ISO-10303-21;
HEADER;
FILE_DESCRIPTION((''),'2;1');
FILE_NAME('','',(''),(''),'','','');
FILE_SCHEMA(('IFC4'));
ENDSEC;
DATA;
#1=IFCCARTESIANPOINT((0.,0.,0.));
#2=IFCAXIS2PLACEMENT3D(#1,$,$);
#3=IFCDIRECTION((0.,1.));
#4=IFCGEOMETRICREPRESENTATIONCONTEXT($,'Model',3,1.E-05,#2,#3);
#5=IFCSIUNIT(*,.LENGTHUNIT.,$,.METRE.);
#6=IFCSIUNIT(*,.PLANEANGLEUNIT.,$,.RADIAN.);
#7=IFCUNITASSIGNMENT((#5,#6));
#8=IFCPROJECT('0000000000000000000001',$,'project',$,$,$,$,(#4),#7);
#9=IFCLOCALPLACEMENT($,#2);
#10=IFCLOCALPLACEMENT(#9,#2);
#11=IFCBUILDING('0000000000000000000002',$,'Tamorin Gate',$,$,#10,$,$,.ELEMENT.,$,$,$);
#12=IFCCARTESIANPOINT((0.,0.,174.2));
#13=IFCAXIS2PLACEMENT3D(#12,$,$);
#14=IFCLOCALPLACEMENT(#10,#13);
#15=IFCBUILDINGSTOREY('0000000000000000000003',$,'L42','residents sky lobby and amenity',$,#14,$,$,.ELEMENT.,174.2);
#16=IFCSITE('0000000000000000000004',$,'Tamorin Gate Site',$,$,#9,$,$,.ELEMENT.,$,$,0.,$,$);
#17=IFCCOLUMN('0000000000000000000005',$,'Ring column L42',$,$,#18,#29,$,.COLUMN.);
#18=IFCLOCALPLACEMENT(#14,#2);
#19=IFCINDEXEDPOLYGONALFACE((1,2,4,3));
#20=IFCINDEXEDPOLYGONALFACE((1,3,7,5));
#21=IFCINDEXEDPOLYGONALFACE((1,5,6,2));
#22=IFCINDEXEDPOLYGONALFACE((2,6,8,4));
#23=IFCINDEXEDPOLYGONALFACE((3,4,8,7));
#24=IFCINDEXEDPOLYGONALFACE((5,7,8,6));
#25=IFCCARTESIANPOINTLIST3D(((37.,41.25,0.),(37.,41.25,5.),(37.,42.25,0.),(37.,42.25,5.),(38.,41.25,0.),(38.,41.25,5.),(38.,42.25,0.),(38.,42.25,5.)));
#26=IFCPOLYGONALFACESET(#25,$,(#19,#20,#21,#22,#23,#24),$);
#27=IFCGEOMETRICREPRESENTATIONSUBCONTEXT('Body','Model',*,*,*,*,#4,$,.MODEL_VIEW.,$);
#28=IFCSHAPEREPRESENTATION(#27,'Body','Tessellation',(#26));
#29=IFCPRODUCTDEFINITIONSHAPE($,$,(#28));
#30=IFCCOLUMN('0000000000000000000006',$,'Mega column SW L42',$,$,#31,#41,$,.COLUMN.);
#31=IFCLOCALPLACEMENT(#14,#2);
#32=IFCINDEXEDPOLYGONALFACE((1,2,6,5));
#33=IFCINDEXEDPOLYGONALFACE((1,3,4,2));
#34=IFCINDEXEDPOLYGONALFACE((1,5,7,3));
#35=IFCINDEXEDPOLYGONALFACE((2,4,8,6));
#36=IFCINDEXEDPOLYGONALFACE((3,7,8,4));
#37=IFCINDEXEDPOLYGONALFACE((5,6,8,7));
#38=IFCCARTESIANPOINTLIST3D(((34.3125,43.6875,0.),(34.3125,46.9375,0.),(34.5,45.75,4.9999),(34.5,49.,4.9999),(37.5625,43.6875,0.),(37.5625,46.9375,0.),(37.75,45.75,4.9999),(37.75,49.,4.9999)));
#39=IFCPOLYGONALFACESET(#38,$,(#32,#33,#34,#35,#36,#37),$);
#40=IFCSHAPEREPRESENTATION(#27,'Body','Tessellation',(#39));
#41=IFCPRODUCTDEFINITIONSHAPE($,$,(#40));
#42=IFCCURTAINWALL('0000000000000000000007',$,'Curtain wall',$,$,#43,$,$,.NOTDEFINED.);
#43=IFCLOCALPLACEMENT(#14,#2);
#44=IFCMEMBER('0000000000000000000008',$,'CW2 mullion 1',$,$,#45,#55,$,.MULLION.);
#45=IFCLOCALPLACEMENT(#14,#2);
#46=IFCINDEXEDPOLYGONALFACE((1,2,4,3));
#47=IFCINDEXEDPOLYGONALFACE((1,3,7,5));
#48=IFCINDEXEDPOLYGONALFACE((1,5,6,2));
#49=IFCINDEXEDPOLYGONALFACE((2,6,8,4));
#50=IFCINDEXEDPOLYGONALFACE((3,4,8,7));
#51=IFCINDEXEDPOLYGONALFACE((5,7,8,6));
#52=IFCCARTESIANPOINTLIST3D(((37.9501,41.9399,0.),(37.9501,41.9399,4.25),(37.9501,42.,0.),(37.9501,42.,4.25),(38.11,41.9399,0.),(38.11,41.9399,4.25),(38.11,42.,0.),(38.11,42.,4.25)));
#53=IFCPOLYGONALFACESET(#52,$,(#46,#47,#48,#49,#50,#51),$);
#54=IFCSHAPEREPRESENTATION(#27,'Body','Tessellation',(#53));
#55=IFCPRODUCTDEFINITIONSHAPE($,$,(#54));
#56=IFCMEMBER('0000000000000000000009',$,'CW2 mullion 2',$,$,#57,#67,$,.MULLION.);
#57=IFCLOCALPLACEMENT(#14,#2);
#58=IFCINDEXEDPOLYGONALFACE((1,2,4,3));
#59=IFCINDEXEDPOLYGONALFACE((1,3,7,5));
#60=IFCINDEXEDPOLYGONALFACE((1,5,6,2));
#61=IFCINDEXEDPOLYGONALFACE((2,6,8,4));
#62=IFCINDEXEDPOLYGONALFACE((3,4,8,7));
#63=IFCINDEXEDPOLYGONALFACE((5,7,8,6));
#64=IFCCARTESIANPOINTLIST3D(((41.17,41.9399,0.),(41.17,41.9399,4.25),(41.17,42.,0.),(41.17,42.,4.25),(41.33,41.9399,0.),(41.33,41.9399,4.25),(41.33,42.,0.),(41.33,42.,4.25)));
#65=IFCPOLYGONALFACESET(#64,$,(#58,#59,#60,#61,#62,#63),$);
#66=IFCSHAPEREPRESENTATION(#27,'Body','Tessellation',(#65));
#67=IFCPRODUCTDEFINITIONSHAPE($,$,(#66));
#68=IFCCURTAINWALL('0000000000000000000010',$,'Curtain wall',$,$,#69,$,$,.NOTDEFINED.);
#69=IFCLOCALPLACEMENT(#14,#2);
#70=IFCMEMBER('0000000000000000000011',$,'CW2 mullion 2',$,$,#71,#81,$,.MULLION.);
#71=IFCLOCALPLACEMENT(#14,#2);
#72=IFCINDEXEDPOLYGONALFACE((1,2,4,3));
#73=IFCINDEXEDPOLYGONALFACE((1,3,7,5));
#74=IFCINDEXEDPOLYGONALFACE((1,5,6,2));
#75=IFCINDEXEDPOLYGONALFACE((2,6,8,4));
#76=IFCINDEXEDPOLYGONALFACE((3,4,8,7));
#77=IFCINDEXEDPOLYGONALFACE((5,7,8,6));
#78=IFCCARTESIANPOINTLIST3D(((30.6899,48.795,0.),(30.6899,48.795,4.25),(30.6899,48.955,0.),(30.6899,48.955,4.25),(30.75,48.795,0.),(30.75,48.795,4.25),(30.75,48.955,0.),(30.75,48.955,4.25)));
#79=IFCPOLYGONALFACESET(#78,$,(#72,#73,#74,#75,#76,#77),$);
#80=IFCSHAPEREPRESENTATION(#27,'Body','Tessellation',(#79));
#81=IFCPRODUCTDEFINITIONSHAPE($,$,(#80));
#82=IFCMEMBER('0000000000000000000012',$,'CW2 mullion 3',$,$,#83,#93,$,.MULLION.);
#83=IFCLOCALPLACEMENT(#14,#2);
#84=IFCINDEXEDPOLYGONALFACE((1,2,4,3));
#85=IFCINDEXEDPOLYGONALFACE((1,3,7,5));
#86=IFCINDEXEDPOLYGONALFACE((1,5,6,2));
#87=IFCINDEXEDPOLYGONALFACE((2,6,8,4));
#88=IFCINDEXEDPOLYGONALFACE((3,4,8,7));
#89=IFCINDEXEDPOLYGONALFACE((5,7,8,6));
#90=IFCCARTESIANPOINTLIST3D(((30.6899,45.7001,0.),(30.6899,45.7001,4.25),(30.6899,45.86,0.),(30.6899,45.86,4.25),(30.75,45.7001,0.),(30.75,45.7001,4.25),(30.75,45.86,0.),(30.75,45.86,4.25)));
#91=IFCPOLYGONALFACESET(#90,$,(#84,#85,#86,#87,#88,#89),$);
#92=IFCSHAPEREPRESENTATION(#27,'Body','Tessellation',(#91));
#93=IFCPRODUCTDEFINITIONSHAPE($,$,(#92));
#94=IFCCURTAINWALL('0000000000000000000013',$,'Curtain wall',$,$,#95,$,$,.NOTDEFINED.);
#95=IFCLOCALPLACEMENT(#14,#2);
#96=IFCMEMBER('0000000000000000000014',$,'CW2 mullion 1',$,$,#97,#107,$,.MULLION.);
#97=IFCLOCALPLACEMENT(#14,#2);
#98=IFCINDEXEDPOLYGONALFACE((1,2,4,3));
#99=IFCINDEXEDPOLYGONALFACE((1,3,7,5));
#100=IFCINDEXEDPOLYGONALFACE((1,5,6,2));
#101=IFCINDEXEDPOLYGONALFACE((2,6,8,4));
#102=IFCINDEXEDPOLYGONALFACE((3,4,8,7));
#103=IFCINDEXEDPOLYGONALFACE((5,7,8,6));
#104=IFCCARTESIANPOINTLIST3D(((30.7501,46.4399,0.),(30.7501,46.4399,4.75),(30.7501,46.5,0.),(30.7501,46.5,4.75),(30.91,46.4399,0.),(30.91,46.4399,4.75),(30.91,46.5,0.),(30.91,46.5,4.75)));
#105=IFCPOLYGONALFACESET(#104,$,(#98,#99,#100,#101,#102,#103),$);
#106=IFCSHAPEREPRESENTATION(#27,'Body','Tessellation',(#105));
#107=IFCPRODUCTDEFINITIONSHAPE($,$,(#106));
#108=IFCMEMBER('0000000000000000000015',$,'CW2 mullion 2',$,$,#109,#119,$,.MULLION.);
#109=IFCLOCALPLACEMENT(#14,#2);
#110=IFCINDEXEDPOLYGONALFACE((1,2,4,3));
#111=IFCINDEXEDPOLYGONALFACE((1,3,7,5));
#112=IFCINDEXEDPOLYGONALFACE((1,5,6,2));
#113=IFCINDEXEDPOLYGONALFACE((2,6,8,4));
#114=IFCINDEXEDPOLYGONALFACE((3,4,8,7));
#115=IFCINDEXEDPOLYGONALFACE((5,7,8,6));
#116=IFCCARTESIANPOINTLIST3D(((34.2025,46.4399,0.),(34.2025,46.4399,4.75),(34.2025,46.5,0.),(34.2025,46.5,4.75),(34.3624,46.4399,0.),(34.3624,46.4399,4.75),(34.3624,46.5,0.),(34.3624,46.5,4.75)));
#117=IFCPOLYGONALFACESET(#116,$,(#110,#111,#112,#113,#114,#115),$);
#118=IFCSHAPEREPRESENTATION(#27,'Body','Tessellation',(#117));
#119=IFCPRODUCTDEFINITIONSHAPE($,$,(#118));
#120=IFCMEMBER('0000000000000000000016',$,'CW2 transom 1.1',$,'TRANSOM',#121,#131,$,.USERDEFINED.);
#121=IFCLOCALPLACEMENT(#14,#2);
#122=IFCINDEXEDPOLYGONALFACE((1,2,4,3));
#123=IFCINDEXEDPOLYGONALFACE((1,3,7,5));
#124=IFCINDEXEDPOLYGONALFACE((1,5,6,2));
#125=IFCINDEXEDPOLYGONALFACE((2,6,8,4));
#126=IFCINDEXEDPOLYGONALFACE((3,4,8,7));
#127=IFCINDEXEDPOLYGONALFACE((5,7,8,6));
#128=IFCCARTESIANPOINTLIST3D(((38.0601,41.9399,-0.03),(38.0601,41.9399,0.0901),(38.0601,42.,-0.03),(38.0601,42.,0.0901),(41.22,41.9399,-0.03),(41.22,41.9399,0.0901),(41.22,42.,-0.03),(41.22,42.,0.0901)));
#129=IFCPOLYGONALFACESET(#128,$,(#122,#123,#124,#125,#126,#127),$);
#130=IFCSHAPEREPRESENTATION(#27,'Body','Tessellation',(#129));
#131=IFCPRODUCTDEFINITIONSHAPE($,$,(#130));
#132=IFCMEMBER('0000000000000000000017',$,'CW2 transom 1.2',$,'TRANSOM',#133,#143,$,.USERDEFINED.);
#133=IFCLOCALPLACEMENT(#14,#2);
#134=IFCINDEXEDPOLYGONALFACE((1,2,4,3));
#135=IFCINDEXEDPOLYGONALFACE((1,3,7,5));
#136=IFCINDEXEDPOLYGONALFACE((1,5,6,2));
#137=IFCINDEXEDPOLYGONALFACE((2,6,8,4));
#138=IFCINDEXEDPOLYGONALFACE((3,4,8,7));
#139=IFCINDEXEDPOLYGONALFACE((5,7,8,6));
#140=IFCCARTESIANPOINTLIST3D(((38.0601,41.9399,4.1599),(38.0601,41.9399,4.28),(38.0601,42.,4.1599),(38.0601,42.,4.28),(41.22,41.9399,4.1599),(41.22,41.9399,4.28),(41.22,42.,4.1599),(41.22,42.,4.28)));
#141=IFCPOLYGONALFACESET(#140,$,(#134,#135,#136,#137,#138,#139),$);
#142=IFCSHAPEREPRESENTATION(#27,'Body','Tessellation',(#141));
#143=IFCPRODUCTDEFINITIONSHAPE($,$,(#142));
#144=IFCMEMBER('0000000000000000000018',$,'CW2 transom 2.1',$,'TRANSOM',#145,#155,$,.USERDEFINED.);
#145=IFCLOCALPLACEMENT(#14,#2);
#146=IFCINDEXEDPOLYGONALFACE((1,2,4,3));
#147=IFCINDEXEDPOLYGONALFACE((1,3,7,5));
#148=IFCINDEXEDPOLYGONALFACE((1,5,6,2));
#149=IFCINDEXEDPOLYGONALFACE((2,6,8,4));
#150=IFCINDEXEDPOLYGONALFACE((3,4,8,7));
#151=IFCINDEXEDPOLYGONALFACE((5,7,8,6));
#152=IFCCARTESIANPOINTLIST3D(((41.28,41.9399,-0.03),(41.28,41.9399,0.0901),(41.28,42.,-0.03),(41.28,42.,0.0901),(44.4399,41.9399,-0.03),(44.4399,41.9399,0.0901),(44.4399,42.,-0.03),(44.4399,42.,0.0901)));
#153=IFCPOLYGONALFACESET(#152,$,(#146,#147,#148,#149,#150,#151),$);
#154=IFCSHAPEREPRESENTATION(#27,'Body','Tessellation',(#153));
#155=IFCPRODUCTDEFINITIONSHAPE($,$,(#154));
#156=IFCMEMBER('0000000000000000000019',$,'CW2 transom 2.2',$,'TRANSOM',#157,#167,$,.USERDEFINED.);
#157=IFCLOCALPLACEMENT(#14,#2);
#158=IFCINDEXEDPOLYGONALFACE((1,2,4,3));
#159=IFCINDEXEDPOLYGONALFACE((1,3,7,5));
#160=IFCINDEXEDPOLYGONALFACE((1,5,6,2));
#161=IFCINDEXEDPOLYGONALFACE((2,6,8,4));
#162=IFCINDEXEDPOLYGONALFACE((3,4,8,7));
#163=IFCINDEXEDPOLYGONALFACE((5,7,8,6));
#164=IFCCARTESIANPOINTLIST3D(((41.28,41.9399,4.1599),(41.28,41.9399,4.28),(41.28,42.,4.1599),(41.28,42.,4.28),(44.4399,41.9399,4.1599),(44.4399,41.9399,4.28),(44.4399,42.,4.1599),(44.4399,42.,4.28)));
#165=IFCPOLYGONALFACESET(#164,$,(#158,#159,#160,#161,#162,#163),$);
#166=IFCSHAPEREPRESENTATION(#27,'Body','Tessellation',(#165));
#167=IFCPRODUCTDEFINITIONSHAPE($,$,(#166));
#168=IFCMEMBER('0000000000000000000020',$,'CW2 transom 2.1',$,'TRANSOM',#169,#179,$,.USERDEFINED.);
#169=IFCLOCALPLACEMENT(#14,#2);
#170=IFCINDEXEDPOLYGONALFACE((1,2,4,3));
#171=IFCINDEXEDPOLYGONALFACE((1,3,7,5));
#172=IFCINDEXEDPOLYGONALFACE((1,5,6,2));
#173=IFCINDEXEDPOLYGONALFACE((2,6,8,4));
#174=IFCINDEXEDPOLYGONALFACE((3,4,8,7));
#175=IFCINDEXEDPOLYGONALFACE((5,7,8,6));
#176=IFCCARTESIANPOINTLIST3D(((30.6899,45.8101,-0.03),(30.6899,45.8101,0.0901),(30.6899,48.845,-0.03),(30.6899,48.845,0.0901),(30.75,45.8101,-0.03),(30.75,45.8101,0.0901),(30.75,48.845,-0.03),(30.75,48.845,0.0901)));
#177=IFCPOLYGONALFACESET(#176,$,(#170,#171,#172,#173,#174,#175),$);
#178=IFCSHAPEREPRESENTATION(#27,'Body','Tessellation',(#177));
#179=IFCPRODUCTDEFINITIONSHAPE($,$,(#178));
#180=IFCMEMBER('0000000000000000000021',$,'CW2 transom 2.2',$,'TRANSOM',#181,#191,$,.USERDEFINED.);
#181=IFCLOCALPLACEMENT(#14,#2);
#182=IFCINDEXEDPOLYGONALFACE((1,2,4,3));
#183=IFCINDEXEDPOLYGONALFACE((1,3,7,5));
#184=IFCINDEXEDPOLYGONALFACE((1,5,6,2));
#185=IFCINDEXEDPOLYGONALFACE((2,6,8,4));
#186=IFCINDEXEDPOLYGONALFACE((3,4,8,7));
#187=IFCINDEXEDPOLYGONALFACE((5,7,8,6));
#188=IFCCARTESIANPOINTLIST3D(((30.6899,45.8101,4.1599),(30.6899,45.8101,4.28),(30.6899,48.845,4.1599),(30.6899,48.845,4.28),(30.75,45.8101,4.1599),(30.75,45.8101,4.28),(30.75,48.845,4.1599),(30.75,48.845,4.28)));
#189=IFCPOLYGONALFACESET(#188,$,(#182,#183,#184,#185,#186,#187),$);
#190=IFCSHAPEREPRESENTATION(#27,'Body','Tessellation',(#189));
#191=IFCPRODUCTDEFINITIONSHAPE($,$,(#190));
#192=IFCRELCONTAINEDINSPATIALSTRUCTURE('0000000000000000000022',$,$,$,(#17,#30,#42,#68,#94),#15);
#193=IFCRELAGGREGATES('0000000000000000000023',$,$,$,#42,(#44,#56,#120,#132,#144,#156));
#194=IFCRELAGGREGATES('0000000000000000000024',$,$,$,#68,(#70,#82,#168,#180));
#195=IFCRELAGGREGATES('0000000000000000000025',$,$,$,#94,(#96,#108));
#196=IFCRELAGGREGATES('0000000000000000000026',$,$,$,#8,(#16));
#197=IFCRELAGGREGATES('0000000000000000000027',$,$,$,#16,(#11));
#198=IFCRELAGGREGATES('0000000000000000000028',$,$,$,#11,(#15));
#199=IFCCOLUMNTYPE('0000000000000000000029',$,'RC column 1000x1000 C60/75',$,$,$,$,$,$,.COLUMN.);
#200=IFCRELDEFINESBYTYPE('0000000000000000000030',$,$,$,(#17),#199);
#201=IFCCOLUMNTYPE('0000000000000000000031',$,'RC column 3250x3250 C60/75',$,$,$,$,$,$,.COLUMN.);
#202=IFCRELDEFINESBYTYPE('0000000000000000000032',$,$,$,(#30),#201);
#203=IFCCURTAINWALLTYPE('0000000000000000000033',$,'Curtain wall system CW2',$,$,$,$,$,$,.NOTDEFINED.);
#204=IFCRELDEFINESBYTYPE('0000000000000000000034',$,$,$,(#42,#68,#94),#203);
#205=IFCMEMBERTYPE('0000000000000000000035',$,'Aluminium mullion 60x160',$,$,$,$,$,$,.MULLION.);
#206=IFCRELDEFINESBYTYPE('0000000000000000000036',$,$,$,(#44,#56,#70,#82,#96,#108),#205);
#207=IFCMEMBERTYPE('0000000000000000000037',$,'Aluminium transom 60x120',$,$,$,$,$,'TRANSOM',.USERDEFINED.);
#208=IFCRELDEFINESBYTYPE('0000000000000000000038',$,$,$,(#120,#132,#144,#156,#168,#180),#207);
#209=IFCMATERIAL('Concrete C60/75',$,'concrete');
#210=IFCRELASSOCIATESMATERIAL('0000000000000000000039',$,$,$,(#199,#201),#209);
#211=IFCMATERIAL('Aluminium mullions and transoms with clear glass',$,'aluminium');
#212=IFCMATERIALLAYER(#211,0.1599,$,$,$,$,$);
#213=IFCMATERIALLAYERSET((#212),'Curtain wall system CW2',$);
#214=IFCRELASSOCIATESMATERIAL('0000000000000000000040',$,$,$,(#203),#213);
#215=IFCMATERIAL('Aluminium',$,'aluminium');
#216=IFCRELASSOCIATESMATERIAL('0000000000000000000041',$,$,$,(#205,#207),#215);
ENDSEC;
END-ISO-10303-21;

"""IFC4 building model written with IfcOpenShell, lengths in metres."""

from ifc_helpers import new_model, si_unit, direction, frame, origin, origin_2d, place, context, subcontext, project, spatial, rectangle, extrude, material, layer, layer_set, material_profile, profile_set, type_object, element, aggregate, save


model = new_model("IFC4")

# Units and contexts
model_context = context("Model", 3, precision=1e-05, world=origin(), true_north=direction((0.0, 1.0)))
body_context = subcontext(model_context, "Body", "Model", "MODEL_VIEW")
ifc_project = project(units=[si_unit("LENGTHUNIT", "METRE"), si_unit("PLANEANGLEUNIT", "RADIAN")], contexts=[model_context])

# Site, building, storey
site_placement = place(None, origin())
site = spatial("IfcSite", under=ifc_project, at=site_placement, Name="Tamorin Gate Site", CompositionType="ELEMENT", RefElevation=0.0)
building_placement = place(site_placement, origin())
building = spatial("IfcBuilding", under=site, at=building_placement, Name="Tamorin Gate", CompositionType="ELEMENT")
storey_placement = place(building_placement, frame((0.0, 0.0, 174.2)))
storey = spatial("IfcBuildingStorey", under=building, at=storey_placement, Name="L42", Description="residents sky lobby and amenity", CompositionType="ELEMENT", Elevation=174.2)

# Columns
ifc_material_1 = material(Name="Concrete C60/75", Category="concrete")
ifc_material_profile_1 = material_profile(ifc_material_1, rectangle(XDim=1.0, YDim=1.0, at=origin_2d()), Name="RC 1000x1000")
ifc_profile_set_1 = profile_set([ifc_material_profile_1], Name="Concrete C60/75")
column_type_1 = type_object("IfcColumnType", Name="RC column 1000x1000 C60/75", PredefinedType="COLUMN", material=ifc_profile_set_1)
column_1_placement = place(storey_placement, frame((37.5, 41.75, 0.0), z_axis=(0.0, 0.0, 1.0), x_axis=(1.0, 0.0, 0.0)))
element("IfcColumn", 1, at=column_1_placement, inside=storey, type_object=column_type_1, Name="Ring column L42", PredefinedType="COLUMN", context=body_context, shape_type="SweptSolid", body=[
    extrude(rectangle(XDim=1.0, YDim=1.0, at=origin_2d()), origin(), (0.0, 0.0, 1.0), 5.0),
])
ifc_material_profile_2 = material_profile(ifc_material_1, rectangle(XDim=3.25, YDim=3.25, at=origin_2d()), Name="RC 3250x3250")
ifc_profile_set_2 = profile_set([ifc_material_profile_2], Name="Concrete C60/75")
column_type_2 = type_object("IfcColumnType", Name="RC column 3250x3250 C60/75", PredefinedType="COLUMN", material=ifc_profile_set_2)
column_2_placement = place(storey_placement, frame((35.9375, 45.3125, 0.0), z_axis=(0.0, 0.0, 1.0), x_axis=(1.0, 0.0, 0.0)))
element("IfcColumn", 2, at=column_2_placement, inside=storey, type_object=column_type_2, Name="Mega column SW L42", PredefinedType="COLUMN", context=body_context, shape_type="SweptSolid", body=[
    extrude(rectangle(XDim=3.25, YDim=3.25, at=origin_2d()), origin(), (0.034646, 0.381102, 0.923884), 5.4119),
])

# Curtain walls, members
ifc_material_2 = material(Name="Aluminium mullions and transoms with clear glass", Category="aluminium")
ifc_layer_1 = layer(ifc_material_2, 0.1599)
ifc_layer_set_1 = layer_set([ifc_layer_1], Name="Curtain wall system CW2")
curtain_wall_type = type_object("IfcCurtainWallType", Name="Curtain wall system CW2", PredefinedType="NOTDEFINED", material=ifc_layer_set_1)
curtain_wall_1_placement = place(storey_placement, origin())
curtain_wall_1 = element("IfcCurtainWall", 3, at=curtain_wall_1_placement, inside=storey, type_object=curtain_wall_type, Name="Curtain wall", PredefinedType="NOTDEFINED")
ifc_material_3 = material(Name="Aluminium", Category="aluminium")
ifc_material_profile_3 = material_profile(ifc_material_3, rectangle(XDim=0.0601, YDim=0.1599, at=origin_2d()), Name="RECT 60x160")
ifc_profile_set_3 = profile_set([ifc_material_profile_3], Name="Aluminium")
member_type_1 = type_object("IfcMemberType", Name="Aluminium mullion 60x160", PredefinedType="MULLION", material=ifc_profile_set_3)
member_1_placement = place(storey_placement, frame((38.03, 41.97, 0.0), z_axis=(0.0, 0.0, 1.0), x_axis=(0.0, 1.0, 0.0)))
member_1 = element("IfcMember", 4, at=member_1_placement, type_object=member_type_1, Name="CW2 mullion 1", PredefinedType="MULLION", context=body_context, shape_type="SweptSolid", body=[
    extrude(rectangle(XDim=0.0601, YDim=0.1599, at=origin_2d()), origin(), (0.0, 0.0, 1.0), 4.25),
])
member_2_placement = place(storey_placement, frame((41.25, 41.97, 0.0), z_axis=(0.0, 0.0, 1.0), x_axis=(0.0, 1.0, 0.0)))
member_2 = element("IfcMember", 5, at=member_2_placement, type_object=member_type_1, Name="CW2 mullion 2", PredefinedType="MULLION", context=body_context, shape_type="SweptSolid", body=[
    extrude(rectangle(XDim=0.0601, YDim=0.1599, at=origin_2d()), origin(), (0.0, 0.0, 1.0), 4.25),
])
curtain_wall_2_placement = place(storey_placement, origin())
curtain_wall_2 = element("IfcCurtainWall", 6, at=curtain_wall_2_placement, inside=storey, type_object=curtain_wall_type, Name="Curtain wall", PredefinedType="NOTDEFINED")
member_3_placement = place(storey_placement, frame((30.72, 48.875, 0.0), z_axis=(0.0, 0.0, 1.0), x_axis=(1.0, 0.0, 0.0)))
member_3 = element("IfcMember", 7, at=member_3_placement, type_object=member_type_1, Name="CW2 mullion 2", PredefinedType="MULLION", context=body_context, shape_type="SweptSolid", body=[
    extrude(rectangle(XDim=0.0601, YDim=0.1599, at=origin_2d()), origin(), (0.0, 0.0, 1.0), 4.25),
])
member_4_placement = place(storey_placement, frame((30.72, 45.78, 0.0), z_axis=(0.0, 0.0, 1.0), x_axis=(1.0, 0.0, 0.0)))
member_4 = element("IfcMember", 8, at=member_4_placement, type_object=member_type_1, Name="CW2 mullion 3", PredefinedType="MULLION", context=body_context, shape_type="SweptSolid", body=[
    extrude(rectangle(XDim=0.0601, YDim=0.1599, at=origin_2d()), origin(), (0.0, 0.0, 1.0), 4.25),
])
curtain_wall_3_placement = place(storey_placement, origin())
curtain_wall_3 = element("IfcCurtainWall", 9, at=curtain_wall_3_placement, inside=storey, type_object=curtain_wall_type, Name="Curtain wall", PredefinedType="NOTDEFINED")
member_5_placement = place(storey_placement, frame((30.8301, 46.47, 0.0), z_axis=(0.0, 0.0, 1.0), x_axis=(0.0, 1.0, 0.0)))
member_5 = element("IfcMember", 10, at=member_5_placement, type_object=member_type_1, Name="CW2 mullion 1", PredefinedType="MULLION", context=body_context, shape_type="SweptSolid", body=[
    extrude(rectangle(XDim=0.0601, YDim=0.1599, at=origin_2d()), origin(), (0.0, 0.0, 1.0), 4.75),
])
member_6_placement = place(storey_placement, frame((34.2825, 46.47, 0.0), z_axis=(0.0, 0.0, 1.0), x_axis=(0.0, 1.0, 0.0)))
member_6 = element("IfcMember", 11, at=member_6_placement, type_object=member_type_1, Name="CW2 mullion 2", PredefinedType="MULLION", context=body_context, shape_type="SweptSolid", body=[
    extrude(rectangle(XDim=0.0601, YDim=0.1599, at=origin_2d()), origin(), (0.0, 0.0, 1.0), 4.75),
])

# Members
ifc_material_profile_4 = material_profile(ifc_material_3, rectangle(XDim=0.0601, YDim=0.1201, at=origin_2d()), Name="RECT 60x120")
ifc_profile_set_4 = profile_set([ifc_material_profile_4], Name="Aluminium")
member_type_2 = type_object("IfcMemberType", Name="Aluminium transom 60x120", ElementType="TRANSOM", PredefinedType="USERDEFINED", material=ifc_profile_set_4)
member_7_placement = place(storey_placement, frame((38.0601, 41.97, 0.03), z_axis=(1.0, 0.0, 0.0), x_axis=(0.0, 1.0, 0.0)))
member_7 = element("IfcMember", 12, at=member_7_placement, type_object=member_type_2, Name="CW2 transom 1.1", ObjectType="TRANSOM", PredefinedType="USERDEFINED", context=body_context, shape_type="SweptSolid", body=[
    extrude(rectangle(XDim=0.0601, YDim=0.1201, at=origin_2d()), origin(), (0.0, 0.0, 1.0), 3.1599),
])
member_8_placement = place(storey_placement, frame((38.0601, 41.97, 4.22), z_axis=(1.0, 0.0, 0.0), x_axis=(0.0, 1.0, 0.0)))
member_8 = element("IfcMember", 13, at=member_8_placement, type_object=member_type_2, Name="CW2 transom 1.2", ObjectType="TRANSOM", PredefinedType="USERDEFINED", context=body_context, shape_type="SweptSolid", body=[
    extrude(rectangle(XDim=0.0601, YDim=0.1201, at=origin_2d()), origin(), (0.0, 0.0, 1.0), 3.1599),
])
member_9_placement = place(storey_placement, frame((41.28, 41.97, 0.03), z_axis=(1.0, 0.0, 0.0), x_axis=(0.0, 1.0, 0.0)))
member_9 = element("IfcMember", 14, at=member_9_placement, type_object=member_type_2, Name="CW2 transom 2.1", ObjectType="TRANSOM", PredefinedType="USERDEFINED", context=body_context, shape_type="SweptSolid", body=[
    extrude(rectangle(XDim=0.0601, YDim=0.1201, at=origin_2d()), origin(), (0.0, 0.0, 1.0), 3.1599),
])
member_10_placement = place(storey_placement, frame((41.28, 41.97, 4.22), z_axis=(1.0, 0.0, 0.0), x_axis=(0.0, 1.0, 0.0)))
member_10 = element("IfcMember", 15, at=member_10_placement, type_object=member_type_2, Name="CW2 transom 2.2", ObjectType="TRANSOM", PredefinedType="USERDEFINED", context=body_context, shape_type="SweptSolid", body=[
    extrude(rectangle(XDim=0.0601, YDim=0.1201, at=origin_2d()), origin(), (0.0, 0.0, 1.0), 3.1599),
])
member_11_placement = place(storey_placement, frame((30.72, 48.845, 0.03), z_axis=(0.0, -1.0, 0.0), x_axis=(1.0, 0.0, 0.0)))
member_11 = element("IfcMember", 16, at=member_11_placement, type_object=member_type_2, Name="CW2 transom 2.1", ObjectType="TRANSOM", PredefinedType="USERDEFINED", context=body_context, shape_type="SweptSolid", body=[
    extrude(rectangle(XDim=0.0601, YDim=0.1201, at=origin_2d()), origin(), (0.0, 0.0, 1.0), 3.0349),
])
member_12_placement = place(storey_placement, frame((30.72, 48.845, 4.22), z_axis=(0.0, -1.0, 0.0), x_axis=(1.0, 0.0, 0.0)))
member_12 = element("IfcMember", 17, at=member_12_placement, type_object=member_type_2, Name="CW2 transom 2.2", ObjectType="TRANSOM", PredefinedType="USERDEFINED", context=body_context, shape_type="SweptSolid", body=[
    extrude(rectangle(XDim=0.0601, YDim=0.1201, at=origin_2d()), origin(), (0.0, 0.0, 1.0), 3.0349),
])

aggregate(curtain_wall_1, [member_1, member_2, member_7, member_8, member_9, member_10])
aggregate(curtain_wall_2, [member_3, member_4, member_11, member_12])
aggregate(curtain_wall_3, [member_5, member_6])

save(model, "model.ifc")
